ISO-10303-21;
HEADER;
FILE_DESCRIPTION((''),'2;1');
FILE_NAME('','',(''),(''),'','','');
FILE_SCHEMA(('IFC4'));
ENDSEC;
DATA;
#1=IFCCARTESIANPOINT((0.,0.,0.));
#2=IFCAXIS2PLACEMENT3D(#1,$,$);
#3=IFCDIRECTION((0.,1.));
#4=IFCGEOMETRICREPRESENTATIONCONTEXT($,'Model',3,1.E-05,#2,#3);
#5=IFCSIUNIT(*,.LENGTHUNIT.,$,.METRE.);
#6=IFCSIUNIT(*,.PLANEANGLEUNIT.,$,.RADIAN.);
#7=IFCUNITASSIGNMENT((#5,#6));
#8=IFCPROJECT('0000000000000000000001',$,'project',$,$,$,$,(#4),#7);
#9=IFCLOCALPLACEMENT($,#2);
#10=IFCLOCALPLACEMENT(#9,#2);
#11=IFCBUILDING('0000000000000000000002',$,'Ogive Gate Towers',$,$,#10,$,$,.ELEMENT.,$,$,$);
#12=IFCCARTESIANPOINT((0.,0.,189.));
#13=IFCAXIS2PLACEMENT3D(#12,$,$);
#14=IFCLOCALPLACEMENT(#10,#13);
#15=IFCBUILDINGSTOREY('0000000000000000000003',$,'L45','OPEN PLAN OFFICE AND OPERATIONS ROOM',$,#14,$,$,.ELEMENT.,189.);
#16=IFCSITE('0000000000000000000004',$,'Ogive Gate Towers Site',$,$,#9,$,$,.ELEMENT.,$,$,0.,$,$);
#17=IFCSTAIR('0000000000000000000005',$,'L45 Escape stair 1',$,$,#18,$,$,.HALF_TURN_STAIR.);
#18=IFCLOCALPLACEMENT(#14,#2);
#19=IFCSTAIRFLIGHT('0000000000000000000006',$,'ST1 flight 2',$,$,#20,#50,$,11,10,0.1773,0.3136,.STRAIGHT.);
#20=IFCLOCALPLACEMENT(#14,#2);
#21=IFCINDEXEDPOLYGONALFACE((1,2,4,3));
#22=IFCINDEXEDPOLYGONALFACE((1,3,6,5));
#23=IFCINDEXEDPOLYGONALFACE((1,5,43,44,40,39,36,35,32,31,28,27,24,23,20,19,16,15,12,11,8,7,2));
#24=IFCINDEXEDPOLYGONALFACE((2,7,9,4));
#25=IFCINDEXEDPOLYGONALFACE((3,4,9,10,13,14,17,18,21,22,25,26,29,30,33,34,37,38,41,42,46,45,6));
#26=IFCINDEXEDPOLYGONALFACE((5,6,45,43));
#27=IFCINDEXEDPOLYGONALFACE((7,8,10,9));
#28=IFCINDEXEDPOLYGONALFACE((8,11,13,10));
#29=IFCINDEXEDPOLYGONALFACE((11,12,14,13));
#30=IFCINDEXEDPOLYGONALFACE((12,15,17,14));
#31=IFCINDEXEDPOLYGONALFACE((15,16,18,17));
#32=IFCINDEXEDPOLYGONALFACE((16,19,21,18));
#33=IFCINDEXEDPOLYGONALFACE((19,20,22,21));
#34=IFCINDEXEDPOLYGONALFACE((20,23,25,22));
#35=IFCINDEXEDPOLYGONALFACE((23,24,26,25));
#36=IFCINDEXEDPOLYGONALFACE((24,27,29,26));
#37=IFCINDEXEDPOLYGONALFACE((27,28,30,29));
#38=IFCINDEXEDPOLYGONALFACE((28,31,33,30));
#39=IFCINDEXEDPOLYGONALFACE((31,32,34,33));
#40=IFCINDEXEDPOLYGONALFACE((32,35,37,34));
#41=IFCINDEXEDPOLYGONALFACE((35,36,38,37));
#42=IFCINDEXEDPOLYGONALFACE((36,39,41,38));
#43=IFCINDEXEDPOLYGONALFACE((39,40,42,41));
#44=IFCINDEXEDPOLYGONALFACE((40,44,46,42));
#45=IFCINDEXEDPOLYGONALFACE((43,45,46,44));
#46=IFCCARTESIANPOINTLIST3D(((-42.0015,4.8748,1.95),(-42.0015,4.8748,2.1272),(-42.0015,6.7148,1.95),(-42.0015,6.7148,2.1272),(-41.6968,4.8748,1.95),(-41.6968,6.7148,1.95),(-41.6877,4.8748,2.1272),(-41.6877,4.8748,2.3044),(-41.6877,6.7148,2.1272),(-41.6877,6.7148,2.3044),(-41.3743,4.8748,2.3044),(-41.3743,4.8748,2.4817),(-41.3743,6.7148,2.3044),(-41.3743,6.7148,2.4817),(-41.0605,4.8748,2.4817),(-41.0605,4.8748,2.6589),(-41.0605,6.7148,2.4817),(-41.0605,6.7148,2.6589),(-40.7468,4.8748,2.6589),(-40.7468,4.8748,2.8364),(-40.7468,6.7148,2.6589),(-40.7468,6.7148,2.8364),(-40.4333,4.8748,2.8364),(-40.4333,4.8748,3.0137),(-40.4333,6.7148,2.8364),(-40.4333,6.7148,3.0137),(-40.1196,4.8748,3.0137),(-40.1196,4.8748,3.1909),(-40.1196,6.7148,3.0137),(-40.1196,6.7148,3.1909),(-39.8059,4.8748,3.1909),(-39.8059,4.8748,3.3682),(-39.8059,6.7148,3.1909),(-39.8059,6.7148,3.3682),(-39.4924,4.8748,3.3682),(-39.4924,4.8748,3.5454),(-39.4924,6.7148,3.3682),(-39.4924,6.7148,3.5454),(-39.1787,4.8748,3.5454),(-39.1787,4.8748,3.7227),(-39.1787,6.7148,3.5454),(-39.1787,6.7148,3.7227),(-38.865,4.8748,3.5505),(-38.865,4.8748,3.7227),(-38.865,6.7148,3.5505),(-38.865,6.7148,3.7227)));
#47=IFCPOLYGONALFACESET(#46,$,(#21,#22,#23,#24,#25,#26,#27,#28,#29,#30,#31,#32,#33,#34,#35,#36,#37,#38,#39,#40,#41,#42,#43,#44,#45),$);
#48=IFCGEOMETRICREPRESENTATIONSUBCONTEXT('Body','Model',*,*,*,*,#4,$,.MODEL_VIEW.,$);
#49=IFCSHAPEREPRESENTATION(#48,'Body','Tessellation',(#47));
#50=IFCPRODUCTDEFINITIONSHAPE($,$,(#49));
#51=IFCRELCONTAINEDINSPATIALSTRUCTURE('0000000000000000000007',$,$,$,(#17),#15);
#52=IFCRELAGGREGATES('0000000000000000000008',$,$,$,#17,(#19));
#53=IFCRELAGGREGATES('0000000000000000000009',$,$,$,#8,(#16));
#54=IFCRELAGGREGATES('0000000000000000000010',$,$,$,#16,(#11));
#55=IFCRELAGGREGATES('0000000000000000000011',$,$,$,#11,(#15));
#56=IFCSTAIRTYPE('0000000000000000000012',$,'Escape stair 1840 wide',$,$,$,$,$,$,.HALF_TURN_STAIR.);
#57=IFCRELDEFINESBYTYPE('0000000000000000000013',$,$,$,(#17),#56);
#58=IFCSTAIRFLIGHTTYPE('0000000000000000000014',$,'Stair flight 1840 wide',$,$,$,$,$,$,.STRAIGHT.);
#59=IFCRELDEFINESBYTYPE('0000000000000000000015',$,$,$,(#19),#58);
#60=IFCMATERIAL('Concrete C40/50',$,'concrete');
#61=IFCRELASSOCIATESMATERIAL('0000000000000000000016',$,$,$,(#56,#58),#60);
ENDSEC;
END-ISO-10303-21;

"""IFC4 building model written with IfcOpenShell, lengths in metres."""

from ifc_helpers import new_model, si_unit, direction, frame, origin, place, context, subcontext, project, spatial, polyline, outline, extrude, material, type_object, element, aggregate, save


model = new_model("IFC4")

# Units and contexts
model_context = context("Model", 3, precision=1e-05, world=origin(), true_north=direction((0.0, 1.0)))
body_context = subcontext(model_context, "Body", "Model", "MODEL_VIEW")
ifc_project = project(units=[si_unit("LENGTHUNIT", "METRE"), si_unit("PLANEANGLEUNIT", "RADIAN")], contexts=[model_context])

# Site, building, storey
site_placement = place(None, origin())
site = spatial("IfcSite", under=ifc_project, at=site_placement, Name="Ogive Gate Towers Site", CompositionType="ELEMENT", RefElevation=0.0)
building_placement = place(site_placement, origin())
building = spatial("IfcBuilding", under=site, at=building_placement, Name="Ogive Gate Towers", CompositionType="ELEMENT")
storey_placement = place(building_placement, frame((0.0, 0.0, 189.0)))
storey = spatial("IfcBuildingStorey", under=building, at=storey_placement, Name="L45", Description="OPEN PLAN OFFICE AND OPERATIONS ROOM", CompositionType="ELEMENT", Elevation=189.0)

# Stair, stair flight
ifc_material_1 = material(Name="Concrete C40/50", Category="concrete")
stair_type = type_object("IfcStairType", Name="Escape stair 1840 wide", PredefinedType="HALF_TURN_STAIR", material=ifc_material_1)
stair_placement = place(storey_placement, origin())
stair = element("IfcStair", 1, at=stair_placement, inside=storey, type_object=stair_type, Name="L45 Escape stair 1", PredefinedType="HALF_TURN_STAIR")
stair_flight_type = type_object("IfcStairFlightType", Name="Stair flight 1840 wide", PredefinedType="STRAIGHT", material=ifc_material_1)
stair_flight_placement = place(storey_placement, frame((-42.0015, 5.7949, 1.95), z_axis=(0.0, 0.0, 1.0), x_axis=(1.0, 0.0, 0.0)))
stair_flight = element("IfcStairFlight", 2, at=stair_flight_placement, type_object=stair_flight_type, Name="ST1 flight 2", NumberOfRisers=11, NumberOfTreads=10, PredefinedType="STRAIGHT", RiserHeight=0.1773, TreadLength=0.3136, context=body_context, shape_type="SweptSolid", body=[
    extrude(outline(polyline([(0.0, 0.0), (0.0, 0.1772), (0.3137, 0.1772), (0.3137, 0.3545), (0.6272, 0.3545), (0.6272, 0.5317), (0.9409, 0.5317), (0.9409, 0.709), (1.2546, 0.709), (1.2546, 0.8865), (1.5681, 0.8865), (1.5681, 1.0637), (1.8818, 1.0637), (1.8818, 1.241), (2.1956, 1.241), (2.1956, 1.4182), (2.509, 1.4182), (2.509, 1.5955), (2.8228, 1.5955), (2.8228, 1.7727), (3.1365, 1.7727), (3.1365, 1.95), (3.1365, 1.6006), (0.3047, 0.0), (0.0, 0.0)])), frame((0.0, 0.9199, 0.0), z_axis=(0.0, -1.0, 0.0), x_axis=(1.0, 0.0, 0.0)), (0.0, 0.0, 1.0), 1.8401),
])
aggregate(stair, [stair_flight])

save(model, "model.ifc")
